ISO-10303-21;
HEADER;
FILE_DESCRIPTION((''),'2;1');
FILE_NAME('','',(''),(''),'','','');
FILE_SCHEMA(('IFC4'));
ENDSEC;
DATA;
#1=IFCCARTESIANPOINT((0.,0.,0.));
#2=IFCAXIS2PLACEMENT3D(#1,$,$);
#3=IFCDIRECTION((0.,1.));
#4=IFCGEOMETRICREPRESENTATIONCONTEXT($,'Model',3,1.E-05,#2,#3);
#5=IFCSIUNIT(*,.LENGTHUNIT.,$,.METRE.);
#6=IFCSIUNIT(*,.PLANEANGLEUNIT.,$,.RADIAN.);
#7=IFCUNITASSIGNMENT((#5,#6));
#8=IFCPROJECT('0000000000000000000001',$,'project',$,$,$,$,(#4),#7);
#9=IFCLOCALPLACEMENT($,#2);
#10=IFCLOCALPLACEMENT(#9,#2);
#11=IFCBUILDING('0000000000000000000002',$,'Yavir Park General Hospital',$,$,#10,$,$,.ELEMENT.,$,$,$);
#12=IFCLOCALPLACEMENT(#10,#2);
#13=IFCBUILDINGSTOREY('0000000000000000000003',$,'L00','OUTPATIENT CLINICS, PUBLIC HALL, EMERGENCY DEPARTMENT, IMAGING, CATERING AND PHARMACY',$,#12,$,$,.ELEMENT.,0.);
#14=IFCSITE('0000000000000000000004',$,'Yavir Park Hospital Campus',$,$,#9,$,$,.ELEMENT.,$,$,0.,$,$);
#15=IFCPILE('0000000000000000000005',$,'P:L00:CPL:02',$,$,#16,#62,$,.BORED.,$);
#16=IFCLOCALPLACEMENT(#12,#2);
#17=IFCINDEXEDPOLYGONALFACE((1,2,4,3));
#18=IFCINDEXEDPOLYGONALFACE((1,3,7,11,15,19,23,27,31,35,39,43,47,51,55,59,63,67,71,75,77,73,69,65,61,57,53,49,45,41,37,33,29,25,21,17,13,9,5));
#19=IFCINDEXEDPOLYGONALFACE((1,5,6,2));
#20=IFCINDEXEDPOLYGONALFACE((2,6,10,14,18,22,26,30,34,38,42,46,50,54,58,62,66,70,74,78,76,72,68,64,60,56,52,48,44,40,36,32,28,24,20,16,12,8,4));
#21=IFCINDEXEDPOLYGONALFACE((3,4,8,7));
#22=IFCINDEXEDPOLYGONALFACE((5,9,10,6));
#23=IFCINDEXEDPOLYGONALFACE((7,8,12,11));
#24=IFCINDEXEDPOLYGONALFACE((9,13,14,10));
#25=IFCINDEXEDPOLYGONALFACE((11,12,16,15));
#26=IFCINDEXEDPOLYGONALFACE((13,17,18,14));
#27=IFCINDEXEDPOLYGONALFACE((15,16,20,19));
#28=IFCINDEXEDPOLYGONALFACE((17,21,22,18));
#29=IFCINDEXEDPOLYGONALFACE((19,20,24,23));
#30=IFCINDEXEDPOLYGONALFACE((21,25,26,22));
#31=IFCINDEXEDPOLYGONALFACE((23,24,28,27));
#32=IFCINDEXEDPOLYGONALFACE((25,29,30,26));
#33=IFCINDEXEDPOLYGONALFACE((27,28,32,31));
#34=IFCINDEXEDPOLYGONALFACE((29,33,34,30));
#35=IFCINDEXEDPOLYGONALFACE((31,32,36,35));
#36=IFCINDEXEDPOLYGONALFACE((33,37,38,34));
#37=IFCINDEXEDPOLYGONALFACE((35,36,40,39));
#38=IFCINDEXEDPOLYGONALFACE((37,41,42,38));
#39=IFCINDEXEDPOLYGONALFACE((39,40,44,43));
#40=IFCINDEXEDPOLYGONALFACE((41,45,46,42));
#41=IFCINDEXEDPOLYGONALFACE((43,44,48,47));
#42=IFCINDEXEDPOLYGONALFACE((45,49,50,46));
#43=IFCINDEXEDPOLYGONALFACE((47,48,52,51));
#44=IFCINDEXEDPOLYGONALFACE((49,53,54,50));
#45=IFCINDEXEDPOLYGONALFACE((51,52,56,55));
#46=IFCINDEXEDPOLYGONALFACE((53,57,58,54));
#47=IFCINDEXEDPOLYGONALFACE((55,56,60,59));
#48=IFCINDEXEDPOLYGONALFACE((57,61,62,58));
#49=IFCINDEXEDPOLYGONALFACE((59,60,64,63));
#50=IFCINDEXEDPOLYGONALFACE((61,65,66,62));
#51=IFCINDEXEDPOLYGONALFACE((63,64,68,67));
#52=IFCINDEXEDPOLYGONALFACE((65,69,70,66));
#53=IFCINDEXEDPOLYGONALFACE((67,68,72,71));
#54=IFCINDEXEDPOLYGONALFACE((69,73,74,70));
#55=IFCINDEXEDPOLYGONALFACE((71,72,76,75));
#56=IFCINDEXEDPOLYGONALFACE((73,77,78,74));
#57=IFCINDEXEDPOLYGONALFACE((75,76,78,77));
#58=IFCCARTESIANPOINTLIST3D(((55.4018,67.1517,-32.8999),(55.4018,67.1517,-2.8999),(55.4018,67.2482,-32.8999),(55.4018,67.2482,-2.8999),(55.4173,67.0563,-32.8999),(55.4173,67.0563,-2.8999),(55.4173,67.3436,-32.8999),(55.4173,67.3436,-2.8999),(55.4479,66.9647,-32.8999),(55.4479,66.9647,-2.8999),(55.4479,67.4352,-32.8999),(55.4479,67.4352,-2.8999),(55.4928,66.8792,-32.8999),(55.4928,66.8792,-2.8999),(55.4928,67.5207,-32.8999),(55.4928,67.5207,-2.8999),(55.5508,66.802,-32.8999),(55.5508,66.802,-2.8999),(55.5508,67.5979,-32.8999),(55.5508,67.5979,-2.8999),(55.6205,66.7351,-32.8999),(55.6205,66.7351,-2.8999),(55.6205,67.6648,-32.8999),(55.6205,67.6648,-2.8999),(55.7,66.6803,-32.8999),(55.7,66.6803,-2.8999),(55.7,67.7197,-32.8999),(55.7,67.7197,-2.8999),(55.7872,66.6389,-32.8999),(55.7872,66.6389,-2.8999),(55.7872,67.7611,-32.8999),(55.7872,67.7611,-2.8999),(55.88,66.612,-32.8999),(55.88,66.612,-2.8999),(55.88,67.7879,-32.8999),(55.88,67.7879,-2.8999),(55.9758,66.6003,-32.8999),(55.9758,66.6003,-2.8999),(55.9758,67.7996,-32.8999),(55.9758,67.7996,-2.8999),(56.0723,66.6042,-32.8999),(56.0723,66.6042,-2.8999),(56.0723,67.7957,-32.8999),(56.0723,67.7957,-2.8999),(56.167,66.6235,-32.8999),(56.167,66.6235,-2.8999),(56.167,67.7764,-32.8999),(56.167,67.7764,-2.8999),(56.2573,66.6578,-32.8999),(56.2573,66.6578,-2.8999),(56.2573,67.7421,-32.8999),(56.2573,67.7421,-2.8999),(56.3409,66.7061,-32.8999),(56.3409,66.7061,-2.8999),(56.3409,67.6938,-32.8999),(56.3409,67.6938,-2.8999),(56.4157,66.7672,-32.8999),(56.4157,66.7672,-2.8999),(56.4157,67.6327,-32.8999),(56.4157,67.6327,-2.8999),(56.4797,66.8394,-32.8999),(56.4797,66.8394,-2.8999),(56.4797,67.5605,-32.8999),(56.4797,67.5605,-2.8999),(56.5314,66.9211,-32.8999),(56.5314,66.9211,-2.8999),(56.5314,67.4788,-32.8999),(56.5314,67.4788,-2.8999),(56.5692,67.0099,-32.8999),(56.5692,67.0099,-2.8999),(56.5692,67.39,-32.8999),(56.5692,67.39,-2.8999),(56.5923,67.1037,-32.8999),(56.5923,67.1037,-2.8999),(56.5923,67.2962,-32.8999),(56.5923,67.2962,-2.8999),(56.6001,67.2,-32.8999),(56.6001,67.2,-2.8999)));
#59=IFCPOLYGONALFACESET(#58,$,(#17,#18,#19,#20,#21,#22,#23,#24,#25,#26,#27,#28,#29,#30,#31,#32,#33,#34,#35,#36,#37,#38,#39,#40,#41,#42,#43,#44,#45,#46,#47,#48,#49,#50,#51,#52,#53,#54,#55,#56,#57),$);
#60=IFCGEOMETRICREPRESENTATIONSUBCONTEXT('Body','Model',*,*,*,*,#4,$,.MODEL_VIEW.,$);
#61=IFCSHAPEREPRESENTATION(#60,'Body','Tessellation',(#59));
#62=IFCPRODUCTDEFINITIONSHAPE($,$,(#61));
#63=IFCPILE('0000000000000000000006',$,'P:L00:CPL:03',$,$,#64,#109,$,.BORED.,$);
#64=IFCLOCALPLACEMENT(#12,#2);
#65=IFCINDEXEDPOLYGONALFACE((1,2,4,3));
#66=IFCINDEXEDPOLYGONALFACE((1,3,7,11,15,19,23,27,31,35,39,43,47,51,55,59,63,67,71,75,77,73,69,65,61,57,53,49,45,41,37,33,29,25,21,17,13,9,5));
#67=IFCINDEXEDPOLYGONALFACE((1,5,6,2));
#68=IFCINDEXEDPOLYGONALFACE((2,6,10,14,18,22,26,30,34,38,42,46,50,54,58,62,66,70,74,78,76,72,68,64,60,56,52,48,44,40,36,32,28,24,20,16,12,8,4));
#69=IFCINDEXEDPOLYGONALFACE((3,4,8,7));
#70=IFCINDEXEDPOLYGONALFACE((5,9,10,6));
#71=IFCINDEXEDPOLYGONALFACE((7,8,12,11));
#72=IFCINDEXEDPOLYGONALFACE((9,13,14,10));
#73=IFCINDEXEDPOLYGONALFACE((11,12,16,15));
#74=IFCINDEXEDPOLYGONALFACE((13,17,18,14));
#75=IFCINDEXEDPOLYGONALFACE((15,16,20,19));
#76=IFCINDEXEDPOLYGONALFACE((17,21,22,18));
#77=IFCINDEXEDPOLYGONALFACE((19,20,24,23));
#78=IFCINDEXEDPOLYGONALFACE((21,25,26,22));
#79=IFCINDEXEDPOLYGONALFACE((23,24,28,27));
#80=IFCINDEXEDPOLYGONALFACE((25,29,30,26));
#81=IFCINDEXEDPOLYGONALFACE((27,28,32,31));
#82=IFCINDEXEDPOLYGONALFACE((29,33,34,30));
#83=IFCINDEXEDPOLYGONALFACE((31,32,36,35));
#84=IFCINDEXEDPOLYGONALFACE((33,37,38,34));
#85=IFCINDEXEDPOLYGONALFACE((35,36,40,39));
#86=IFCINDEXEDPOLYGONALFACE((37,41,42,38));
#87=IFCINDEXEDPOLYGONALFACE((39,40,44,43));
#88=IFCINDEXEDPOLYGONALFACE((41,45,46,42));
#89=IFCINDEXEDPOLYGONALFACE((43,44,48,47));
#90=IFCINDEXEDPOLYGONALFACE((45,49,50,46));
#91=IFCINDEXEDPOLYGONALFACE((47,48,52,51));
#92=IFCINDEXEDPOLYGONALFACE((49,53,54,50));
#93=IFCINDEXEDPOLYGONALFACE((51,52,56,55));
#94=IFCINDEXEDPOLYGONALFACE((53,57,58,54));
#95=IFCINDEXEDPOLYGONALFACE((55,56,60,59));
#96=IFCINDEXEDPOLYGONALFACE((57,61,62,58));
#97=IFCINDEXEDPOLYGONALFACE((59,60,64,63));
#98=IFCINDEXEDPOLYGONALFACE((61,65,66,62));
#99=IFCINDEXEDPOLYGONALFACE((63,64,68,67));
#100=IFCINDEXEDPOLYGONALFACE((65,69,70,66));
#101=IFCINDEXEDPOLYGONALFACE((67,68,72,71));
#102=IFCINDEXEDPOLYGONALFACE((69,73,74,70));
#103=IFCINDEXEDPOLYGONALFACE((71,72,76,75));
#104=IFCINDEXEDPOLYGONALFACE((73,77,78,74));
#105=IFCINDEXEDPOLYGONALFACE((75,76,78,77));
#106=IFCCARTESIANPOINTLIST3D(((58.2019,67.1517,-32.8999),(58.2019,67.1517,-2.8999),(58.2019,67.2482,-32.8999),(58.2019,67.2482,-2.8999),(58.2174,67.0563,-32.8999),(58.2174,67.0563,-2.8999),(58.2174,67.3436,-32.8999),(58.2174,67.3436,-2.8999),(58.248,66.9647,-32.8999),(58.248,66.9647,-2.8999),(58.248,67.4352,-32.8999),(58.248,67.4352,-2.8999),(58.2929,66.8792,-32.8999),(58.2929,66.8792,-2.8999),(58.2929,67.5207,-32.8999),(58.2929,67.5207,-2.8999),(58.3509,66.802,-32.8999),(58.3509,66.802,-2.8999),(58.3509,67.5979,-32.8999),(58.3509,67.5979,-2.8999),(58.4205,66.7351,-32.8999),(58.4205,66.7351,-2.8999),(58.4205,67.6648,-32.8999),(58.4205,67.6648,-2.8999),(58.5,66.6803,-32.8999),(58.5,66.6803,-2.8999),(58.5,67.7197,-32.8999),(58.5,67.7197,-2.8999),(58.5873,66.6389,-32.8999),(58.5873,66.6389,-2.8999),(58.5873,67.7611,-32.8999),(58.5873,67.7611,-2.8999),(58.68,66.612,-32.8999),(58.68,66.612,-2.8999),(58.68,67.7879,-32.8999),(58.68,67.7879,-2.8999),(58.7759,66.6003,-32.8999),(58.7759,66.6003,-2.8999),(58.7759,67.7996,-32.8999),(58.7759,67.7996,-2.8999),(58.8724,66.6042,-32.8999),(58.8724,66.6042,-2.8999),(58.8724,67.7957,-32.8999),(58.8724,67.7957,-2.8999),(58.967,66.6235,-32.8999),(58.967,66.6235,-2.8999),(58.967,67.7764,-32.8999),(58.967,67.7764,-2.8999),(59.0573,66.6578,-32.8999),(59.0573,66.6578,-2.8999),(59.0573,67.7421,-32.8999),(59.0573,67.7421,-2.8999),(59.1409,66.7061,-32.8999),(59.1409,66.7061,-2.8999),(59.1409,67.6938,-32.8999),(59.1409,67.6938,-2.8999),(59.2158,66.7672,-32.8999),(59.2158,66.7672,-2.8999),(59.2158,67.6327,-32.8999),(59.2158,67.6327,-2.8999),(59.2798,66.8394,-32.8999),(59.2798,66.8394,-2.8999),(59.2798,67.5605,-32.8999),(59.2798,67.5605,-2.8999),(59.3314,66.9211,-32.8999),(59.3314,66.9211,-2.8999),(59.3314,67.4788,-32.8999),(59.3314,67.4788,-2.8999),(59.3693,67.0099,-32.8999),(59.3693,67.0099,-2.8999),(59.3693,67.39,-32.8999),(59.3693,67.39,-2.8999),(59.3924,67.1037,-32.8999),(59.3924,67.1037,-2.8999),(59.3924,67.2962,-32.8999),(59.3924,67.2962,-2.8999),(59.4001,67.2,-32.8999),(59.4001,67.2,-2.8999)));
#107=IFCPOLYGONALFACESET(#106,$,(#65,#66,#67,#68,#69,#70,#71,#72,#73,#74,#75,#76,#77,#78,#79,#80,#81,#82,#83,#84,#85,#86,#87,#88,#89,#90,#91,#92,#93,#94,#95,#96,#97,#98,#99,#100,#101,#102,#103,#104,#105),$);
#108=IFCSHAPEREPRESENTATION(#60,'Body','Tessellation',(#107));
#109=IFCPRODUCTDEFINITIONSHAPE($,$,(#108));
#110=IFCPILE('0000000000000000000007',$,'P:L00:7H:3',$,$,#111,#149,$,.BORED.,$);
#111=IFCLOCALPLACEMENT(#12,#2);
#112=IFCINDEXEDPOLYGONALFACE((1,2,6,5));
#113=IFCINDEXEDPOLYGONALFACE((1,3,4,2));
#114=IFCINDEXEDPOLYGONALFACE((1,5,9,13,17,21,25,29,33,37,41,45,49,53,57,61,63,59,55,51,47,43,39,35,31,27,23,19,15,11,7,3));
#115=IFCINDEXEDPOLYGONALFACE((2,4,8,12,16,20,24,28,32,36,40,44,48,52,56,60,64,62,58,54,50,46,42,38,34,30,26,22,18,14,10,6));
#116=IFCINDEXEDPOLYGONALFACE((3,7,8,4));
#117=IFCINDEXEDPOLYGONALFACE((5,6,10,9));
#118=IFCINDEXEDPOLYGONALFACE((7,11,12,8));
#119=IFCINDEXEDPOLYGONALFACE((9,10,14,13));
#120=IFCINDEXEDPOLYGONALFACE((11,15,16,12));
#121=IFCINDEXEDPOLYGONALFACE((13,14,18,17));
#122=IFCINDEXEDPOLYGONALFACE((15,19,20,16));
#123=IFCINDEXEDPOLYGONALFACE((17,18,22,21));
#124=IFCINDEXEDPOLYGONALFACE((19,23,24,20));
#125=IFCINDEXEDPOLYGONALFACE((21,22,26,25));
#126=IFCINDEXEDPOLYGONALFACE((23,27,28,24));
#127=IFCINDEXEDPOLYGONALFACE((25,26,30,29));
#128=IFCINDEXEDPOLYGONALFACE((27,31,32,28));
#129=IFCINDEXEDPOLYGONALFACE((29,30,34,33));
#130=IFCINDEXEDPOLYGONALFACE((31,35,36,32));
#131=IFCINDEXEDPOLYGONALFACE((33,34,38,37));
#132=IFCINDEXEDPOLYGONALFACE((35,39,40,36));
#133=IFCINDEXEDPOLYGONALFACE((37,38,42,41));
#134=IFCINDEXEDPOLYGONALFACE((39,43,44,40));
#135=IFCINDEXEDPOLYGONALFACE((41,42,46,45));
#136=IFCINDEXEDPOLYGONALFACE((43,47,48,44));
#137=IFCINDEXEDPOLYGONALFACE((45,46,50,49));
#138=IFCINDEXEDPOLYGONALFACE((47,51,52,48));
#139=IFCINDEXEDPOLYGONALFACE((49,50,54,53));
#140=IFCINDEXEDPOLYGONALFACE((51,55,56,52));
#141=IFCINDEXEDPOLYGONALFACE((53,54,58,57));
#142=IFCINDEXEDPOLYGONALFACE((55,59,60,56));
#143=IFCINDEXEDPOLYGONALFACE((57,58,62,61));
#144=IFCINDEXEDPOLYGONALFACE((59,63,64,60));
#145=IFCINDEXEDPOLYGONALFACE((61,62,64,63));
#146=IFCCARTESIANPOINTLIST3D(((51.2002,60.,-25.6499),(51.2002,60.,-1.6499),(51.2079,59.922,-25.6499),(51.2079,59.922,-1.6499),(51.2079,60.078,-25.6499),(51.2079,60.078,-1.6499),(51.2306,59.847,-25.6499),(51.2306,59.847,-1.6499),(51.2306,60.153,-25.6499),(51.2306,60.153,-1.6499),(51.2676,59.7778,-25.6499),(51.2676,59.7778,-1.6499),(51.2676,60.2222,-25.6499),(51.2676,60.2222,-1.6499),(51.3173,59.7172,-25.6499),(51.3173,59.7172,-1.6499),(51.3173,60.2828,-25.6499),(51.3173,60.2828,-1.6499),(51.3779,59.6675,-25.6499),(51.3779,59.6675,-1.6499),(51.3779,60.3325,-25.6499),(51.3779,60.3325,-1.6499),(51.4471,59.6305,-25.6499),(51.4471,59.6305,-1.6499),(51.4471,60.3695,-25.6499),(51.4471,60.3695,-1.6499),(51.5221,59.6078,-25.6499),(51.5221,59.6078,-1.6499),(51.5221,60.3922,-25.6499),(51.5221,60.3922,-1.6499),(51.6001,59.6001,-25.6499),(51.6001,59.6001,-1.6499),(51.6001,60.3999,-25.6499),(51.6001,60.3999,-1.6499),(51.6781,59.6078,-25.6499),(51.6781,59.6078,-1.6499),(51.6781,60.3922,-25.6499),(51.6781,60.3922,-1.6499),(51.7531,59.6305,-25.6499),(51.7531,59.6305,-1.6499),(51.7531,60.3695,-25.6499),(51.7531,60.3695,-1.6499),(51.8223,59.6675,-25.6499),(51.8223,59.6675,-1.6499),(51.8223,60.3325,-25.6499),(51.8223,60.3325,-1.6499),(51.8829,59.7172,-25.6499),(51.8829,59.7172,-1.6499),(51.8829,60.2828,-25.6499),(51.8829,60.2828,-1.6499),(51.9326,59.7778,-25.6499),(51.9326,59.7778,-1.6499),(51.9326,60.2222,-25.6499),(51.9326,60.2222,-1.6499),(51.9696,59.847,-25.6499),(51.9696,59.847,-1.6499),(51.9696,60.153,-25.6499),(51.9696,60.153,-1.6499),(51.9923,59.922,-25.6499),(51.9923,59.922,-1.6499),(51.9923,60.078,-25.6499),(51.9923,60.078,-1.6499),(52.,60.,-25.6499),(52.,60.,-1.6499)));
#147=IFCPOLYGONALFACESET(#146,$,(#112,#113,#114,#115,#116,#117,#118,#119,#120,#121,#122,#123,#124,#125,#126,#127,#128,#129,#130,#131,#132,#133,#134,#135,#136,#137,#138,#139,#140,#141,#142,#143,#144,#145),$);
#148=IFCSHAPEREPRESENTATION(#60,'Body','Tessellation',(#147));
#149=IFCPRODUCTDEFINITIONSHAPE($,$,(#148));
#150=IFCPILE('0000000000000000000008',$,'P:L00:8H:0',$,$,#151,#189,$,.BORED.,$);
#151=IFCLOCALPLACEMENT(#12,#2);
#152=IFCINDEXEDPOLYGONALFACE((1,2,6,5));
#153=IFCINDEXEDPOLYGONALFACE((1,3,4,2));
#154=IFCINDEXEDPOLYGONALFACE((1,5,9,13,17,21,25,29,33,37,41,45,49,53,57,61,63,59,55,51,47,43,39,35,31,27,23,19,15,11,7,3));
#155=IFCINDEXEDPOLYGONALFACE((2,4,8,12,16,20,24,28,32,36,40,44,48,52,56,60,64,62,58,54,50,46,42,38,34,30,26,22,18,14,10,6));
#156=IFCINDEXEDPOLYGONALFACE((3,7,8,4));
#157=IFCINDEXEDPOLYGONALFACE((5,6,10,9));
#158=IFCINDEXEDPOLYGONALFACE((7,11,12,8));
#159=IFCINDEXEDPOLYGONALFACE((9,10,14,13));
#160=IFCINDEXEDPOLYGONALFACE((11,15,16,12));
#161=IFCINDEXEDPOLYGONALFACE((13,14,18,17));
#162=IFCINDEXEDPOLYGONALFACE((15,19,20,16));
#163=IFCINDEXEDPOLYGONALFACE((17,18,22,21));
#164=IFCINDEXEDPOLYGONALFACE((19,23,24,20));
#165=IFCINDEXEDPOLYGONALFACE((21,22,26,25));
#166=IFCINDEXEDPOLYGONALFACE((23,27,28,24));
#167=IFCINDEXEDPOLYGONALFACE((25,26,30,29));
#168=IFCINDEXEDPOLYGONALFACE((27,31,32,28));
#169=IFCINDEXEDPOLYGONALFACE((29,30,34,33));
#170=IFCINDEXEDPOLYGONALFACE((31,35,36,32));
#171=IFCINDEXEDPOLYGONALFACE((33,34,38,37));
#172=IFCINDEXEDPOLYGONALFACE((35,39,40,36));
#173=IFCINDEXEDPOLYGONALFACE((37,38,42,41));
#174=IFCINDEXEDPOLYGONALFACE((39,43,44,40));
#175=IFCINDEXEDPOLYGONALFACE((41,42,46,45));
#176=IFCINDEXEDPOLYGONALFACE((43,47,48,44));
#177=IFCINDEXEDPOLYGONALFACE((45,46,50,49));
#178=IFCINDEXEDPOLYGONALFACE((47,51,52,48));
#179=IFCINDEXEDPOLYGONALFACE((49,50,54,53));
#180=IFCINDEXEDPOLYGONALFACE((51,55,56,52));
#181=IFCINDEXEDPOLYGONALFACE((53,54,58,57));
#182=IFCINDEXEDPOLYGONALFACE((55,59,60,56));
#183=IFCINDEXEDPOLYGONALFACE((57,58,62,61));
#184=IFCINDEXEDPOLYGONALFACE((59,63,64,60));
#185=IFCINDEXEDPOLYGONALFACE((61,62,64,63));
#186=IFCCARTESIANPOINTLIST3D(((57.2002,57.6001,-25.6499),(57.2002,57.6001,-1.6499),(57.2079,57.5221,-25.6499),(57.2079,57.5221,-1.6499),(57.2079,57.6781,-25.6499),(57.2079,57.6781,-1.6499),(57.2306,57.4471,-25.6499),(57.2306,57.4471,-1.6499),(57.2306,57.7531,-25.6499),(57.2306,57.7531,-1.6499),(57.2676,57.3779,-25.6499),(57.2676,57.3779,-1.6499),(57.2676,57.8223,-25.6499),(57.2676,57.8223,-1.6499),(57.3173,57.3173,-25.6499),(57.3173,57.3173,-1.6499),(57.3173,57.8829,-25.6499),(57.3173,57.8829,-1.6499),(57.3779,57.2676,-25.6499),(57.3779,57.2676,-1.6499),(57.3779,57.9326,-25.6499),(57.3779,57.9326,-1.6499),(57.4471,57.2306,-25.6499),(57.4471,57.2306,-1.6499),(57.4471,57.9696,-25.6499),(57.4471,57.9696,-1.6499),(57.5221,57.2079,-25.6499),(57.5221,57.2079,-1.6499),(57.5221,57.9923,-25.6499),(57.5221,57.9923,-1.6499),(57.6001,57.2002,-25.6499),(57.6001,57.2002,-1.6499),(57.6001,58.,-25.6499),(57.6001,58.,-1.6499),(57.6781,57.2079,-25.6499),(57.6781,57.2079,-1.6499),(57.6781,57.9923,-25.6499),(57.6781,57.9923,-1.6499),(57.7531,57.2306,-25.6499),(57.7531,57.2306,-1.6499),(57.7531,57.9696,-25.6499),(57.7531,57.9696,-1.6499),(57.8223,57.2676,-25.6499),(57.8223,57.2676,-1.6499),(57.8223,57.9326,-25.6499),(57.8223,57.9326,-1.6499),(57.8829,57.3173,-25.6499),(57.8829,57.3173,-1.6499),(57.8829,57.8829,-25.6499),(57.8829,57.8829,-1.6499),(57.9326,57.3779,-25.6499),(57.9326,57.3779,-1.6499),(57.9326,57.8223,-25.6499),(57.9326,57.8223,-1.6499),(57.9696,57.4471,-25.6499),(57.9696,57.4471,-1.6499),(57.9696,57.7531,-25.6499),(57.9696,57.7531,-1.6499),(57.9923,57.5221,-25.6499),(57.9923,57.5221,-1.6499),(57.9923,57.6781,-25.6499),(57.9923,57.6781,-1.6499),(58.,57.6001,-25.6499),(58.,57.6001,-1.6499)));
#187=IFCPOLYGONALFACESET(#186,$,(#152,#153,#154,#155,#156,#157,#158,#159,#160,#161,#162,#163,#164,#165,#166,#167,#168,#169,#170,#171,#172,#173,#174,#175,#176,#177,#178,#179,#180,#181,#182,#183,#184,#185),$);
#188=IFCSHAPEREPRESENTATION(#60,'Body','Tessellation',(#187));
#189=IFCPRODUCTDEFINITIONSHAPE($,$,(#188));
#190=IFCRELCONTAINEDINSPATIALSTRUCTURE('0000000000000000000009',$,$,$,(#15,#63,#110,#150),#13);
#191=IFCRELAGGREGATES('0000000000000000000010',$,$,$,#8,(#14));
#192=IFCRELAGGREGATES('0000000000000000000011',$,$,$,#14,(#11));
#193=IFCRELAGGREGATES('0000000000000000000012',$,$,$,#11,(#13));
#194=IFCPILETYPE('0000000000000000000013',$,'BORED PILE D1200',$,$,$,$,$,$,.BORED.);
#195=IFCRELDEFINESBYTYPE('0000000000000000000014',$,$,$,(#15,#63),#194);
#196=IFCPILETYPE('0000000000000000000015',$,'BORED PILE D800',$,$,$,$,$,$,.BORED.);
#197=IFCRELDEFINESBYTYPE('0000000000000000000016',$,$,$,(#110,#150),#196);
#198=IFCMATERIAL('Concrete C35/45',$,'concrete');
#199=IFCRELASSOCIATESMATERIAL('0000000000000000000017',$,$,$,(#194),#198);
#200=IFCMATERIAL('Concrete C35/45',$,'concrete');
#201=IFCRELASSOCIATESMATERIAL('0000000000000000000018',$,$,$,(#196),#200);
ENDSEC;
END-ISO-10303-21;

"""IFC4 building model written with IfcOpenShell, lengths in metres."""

from ifc_helpers import new_model, si_unit, direction, frame, origin, origin_2d, place, context, subcontext, project, spatial, circle, extrude, material, material_profile, profile_set, type_object, element, save


model = new_model("IFC4")

# Units and contexts
model_context = context("Model", 3, precision=1e-05, world=origin(), true_north=direction((0.0, 1.0)))
body_context = subcontext(model_context, "Body", "Model", "MODEL_VIEW")
ifc_project = project(units=[si_unit("LENGTHUNIT", "METRE"), si_unit("PLANEANGLEUNIT", "RADIAN")], contexts=[model_context])

# Site, building, storey
site_placement = place(None, origin())
site = spatial("IfcSite", under=ifc_project, at=site_placement, Name="Yavir Park Hospital Campus", CompositionType="ELEMENT", RefElevation=0.0)
building_placement = place(site_placement, origin())
building = spatial("IfcBuilding", under=site, at=building_placement, Name="Yavir Park General Hospital", CompositionType="ELEMENT")
storey_placement = place(building_placement, origin())
storey = spatial("IfcBuildingStorey", under=building, at=storey_placement, Name="L00", Description="OUTPATIENT CLINICS, PUBLIC HALL, EMERGENCY DEPARTMENT, IMAGING, CATERING AND PHARMACY", CompositionType="ELEMENT", Elevation=0.0)

# Piles
ifc_material_1 = material(Name="Concrete C35/45", Category="concrete")
ifc_material_profile_1 = material_profile(ifc_material_1, circle(Radius=0.6001, at=origin_2d()), Name="D1200")
ifc_profile_set_1 = profile_set([ifc_material_profile_1], Name="Concrete C35/45")
pile_type_1 = type_object("IfcPileType", Name="BORED PILE D1200", PredefinedType="BORED", material=ifc_profile_set_1)
for number, where, z_axis, x_axis, name in (
    (1, (56.0, 67.2, -2.8999), (0.0, 0.0, -1.0), (1.0, 0.0, 0.0), "P:L00:CPL:02"),
    (2, (58.8, 67.2, -2.8999), (0.0, 0.0, -1.0), (1.0, 0.0, 0.0), "P:L00:CPL:03"),
):
    element("IfcPile", number, at=place(storey_placement, frame(where, z_axis=z_axis, x_axis=x_axis)), inside=storey, type_object=pile_type_1, Name=name, PredefinedType="BORED", context=body_context, shape_type="SweptSolid", body=[
        extrude(circle(Radius=0.6001, at=origin_2d()), origin(), (0.0, 0.0, 1.0), 30.0),
    ])
ifc_material_2 = material(Name="Concrete C35/45", Category="concrete")
ifc_material_profile_2 = material_profile(ifc_material_2, circle(Radius=0.3999, at=origin_2d()), Name="D800")
ifc_profile_set_2 = profile_set([ifc_material_profile_2], Name="Concrete C35/45")
pile_type_2 = type_object("IfcPileType", Name="BORED PILE D800", PredefinedType="BORED", material=ifc_profile_set_2)
for number, where, z_axis, x_axis, name in (
    (3, (51.6001, 60.0, -1.6499), (0.0, 0.0, -1.0), (1.0, 0.0, 0.0), "P:L00:7H:3"),
    (4, (57.6001, 57.6001, -1.6499), (0.0, 0.0, -1.0), (1.0, 0.0, 0.0), "P:L00:8H:0"),
):
    element("IfcPile", number, at=place(storey_placement, frame(where, z_axis=z_axis, x_axis=x_axis)), inside=storey, type_object=pile_type_2, Name=name, PredefinedType="BORED", context=body_context, shape_type="SweptSolid", body=[
        extrude(circle(Radius=0.3999, at=origin_2d()), origin(), (0.0, 0.0, 1.0), 24.0),
    ])

save(model, "model.ifc")
